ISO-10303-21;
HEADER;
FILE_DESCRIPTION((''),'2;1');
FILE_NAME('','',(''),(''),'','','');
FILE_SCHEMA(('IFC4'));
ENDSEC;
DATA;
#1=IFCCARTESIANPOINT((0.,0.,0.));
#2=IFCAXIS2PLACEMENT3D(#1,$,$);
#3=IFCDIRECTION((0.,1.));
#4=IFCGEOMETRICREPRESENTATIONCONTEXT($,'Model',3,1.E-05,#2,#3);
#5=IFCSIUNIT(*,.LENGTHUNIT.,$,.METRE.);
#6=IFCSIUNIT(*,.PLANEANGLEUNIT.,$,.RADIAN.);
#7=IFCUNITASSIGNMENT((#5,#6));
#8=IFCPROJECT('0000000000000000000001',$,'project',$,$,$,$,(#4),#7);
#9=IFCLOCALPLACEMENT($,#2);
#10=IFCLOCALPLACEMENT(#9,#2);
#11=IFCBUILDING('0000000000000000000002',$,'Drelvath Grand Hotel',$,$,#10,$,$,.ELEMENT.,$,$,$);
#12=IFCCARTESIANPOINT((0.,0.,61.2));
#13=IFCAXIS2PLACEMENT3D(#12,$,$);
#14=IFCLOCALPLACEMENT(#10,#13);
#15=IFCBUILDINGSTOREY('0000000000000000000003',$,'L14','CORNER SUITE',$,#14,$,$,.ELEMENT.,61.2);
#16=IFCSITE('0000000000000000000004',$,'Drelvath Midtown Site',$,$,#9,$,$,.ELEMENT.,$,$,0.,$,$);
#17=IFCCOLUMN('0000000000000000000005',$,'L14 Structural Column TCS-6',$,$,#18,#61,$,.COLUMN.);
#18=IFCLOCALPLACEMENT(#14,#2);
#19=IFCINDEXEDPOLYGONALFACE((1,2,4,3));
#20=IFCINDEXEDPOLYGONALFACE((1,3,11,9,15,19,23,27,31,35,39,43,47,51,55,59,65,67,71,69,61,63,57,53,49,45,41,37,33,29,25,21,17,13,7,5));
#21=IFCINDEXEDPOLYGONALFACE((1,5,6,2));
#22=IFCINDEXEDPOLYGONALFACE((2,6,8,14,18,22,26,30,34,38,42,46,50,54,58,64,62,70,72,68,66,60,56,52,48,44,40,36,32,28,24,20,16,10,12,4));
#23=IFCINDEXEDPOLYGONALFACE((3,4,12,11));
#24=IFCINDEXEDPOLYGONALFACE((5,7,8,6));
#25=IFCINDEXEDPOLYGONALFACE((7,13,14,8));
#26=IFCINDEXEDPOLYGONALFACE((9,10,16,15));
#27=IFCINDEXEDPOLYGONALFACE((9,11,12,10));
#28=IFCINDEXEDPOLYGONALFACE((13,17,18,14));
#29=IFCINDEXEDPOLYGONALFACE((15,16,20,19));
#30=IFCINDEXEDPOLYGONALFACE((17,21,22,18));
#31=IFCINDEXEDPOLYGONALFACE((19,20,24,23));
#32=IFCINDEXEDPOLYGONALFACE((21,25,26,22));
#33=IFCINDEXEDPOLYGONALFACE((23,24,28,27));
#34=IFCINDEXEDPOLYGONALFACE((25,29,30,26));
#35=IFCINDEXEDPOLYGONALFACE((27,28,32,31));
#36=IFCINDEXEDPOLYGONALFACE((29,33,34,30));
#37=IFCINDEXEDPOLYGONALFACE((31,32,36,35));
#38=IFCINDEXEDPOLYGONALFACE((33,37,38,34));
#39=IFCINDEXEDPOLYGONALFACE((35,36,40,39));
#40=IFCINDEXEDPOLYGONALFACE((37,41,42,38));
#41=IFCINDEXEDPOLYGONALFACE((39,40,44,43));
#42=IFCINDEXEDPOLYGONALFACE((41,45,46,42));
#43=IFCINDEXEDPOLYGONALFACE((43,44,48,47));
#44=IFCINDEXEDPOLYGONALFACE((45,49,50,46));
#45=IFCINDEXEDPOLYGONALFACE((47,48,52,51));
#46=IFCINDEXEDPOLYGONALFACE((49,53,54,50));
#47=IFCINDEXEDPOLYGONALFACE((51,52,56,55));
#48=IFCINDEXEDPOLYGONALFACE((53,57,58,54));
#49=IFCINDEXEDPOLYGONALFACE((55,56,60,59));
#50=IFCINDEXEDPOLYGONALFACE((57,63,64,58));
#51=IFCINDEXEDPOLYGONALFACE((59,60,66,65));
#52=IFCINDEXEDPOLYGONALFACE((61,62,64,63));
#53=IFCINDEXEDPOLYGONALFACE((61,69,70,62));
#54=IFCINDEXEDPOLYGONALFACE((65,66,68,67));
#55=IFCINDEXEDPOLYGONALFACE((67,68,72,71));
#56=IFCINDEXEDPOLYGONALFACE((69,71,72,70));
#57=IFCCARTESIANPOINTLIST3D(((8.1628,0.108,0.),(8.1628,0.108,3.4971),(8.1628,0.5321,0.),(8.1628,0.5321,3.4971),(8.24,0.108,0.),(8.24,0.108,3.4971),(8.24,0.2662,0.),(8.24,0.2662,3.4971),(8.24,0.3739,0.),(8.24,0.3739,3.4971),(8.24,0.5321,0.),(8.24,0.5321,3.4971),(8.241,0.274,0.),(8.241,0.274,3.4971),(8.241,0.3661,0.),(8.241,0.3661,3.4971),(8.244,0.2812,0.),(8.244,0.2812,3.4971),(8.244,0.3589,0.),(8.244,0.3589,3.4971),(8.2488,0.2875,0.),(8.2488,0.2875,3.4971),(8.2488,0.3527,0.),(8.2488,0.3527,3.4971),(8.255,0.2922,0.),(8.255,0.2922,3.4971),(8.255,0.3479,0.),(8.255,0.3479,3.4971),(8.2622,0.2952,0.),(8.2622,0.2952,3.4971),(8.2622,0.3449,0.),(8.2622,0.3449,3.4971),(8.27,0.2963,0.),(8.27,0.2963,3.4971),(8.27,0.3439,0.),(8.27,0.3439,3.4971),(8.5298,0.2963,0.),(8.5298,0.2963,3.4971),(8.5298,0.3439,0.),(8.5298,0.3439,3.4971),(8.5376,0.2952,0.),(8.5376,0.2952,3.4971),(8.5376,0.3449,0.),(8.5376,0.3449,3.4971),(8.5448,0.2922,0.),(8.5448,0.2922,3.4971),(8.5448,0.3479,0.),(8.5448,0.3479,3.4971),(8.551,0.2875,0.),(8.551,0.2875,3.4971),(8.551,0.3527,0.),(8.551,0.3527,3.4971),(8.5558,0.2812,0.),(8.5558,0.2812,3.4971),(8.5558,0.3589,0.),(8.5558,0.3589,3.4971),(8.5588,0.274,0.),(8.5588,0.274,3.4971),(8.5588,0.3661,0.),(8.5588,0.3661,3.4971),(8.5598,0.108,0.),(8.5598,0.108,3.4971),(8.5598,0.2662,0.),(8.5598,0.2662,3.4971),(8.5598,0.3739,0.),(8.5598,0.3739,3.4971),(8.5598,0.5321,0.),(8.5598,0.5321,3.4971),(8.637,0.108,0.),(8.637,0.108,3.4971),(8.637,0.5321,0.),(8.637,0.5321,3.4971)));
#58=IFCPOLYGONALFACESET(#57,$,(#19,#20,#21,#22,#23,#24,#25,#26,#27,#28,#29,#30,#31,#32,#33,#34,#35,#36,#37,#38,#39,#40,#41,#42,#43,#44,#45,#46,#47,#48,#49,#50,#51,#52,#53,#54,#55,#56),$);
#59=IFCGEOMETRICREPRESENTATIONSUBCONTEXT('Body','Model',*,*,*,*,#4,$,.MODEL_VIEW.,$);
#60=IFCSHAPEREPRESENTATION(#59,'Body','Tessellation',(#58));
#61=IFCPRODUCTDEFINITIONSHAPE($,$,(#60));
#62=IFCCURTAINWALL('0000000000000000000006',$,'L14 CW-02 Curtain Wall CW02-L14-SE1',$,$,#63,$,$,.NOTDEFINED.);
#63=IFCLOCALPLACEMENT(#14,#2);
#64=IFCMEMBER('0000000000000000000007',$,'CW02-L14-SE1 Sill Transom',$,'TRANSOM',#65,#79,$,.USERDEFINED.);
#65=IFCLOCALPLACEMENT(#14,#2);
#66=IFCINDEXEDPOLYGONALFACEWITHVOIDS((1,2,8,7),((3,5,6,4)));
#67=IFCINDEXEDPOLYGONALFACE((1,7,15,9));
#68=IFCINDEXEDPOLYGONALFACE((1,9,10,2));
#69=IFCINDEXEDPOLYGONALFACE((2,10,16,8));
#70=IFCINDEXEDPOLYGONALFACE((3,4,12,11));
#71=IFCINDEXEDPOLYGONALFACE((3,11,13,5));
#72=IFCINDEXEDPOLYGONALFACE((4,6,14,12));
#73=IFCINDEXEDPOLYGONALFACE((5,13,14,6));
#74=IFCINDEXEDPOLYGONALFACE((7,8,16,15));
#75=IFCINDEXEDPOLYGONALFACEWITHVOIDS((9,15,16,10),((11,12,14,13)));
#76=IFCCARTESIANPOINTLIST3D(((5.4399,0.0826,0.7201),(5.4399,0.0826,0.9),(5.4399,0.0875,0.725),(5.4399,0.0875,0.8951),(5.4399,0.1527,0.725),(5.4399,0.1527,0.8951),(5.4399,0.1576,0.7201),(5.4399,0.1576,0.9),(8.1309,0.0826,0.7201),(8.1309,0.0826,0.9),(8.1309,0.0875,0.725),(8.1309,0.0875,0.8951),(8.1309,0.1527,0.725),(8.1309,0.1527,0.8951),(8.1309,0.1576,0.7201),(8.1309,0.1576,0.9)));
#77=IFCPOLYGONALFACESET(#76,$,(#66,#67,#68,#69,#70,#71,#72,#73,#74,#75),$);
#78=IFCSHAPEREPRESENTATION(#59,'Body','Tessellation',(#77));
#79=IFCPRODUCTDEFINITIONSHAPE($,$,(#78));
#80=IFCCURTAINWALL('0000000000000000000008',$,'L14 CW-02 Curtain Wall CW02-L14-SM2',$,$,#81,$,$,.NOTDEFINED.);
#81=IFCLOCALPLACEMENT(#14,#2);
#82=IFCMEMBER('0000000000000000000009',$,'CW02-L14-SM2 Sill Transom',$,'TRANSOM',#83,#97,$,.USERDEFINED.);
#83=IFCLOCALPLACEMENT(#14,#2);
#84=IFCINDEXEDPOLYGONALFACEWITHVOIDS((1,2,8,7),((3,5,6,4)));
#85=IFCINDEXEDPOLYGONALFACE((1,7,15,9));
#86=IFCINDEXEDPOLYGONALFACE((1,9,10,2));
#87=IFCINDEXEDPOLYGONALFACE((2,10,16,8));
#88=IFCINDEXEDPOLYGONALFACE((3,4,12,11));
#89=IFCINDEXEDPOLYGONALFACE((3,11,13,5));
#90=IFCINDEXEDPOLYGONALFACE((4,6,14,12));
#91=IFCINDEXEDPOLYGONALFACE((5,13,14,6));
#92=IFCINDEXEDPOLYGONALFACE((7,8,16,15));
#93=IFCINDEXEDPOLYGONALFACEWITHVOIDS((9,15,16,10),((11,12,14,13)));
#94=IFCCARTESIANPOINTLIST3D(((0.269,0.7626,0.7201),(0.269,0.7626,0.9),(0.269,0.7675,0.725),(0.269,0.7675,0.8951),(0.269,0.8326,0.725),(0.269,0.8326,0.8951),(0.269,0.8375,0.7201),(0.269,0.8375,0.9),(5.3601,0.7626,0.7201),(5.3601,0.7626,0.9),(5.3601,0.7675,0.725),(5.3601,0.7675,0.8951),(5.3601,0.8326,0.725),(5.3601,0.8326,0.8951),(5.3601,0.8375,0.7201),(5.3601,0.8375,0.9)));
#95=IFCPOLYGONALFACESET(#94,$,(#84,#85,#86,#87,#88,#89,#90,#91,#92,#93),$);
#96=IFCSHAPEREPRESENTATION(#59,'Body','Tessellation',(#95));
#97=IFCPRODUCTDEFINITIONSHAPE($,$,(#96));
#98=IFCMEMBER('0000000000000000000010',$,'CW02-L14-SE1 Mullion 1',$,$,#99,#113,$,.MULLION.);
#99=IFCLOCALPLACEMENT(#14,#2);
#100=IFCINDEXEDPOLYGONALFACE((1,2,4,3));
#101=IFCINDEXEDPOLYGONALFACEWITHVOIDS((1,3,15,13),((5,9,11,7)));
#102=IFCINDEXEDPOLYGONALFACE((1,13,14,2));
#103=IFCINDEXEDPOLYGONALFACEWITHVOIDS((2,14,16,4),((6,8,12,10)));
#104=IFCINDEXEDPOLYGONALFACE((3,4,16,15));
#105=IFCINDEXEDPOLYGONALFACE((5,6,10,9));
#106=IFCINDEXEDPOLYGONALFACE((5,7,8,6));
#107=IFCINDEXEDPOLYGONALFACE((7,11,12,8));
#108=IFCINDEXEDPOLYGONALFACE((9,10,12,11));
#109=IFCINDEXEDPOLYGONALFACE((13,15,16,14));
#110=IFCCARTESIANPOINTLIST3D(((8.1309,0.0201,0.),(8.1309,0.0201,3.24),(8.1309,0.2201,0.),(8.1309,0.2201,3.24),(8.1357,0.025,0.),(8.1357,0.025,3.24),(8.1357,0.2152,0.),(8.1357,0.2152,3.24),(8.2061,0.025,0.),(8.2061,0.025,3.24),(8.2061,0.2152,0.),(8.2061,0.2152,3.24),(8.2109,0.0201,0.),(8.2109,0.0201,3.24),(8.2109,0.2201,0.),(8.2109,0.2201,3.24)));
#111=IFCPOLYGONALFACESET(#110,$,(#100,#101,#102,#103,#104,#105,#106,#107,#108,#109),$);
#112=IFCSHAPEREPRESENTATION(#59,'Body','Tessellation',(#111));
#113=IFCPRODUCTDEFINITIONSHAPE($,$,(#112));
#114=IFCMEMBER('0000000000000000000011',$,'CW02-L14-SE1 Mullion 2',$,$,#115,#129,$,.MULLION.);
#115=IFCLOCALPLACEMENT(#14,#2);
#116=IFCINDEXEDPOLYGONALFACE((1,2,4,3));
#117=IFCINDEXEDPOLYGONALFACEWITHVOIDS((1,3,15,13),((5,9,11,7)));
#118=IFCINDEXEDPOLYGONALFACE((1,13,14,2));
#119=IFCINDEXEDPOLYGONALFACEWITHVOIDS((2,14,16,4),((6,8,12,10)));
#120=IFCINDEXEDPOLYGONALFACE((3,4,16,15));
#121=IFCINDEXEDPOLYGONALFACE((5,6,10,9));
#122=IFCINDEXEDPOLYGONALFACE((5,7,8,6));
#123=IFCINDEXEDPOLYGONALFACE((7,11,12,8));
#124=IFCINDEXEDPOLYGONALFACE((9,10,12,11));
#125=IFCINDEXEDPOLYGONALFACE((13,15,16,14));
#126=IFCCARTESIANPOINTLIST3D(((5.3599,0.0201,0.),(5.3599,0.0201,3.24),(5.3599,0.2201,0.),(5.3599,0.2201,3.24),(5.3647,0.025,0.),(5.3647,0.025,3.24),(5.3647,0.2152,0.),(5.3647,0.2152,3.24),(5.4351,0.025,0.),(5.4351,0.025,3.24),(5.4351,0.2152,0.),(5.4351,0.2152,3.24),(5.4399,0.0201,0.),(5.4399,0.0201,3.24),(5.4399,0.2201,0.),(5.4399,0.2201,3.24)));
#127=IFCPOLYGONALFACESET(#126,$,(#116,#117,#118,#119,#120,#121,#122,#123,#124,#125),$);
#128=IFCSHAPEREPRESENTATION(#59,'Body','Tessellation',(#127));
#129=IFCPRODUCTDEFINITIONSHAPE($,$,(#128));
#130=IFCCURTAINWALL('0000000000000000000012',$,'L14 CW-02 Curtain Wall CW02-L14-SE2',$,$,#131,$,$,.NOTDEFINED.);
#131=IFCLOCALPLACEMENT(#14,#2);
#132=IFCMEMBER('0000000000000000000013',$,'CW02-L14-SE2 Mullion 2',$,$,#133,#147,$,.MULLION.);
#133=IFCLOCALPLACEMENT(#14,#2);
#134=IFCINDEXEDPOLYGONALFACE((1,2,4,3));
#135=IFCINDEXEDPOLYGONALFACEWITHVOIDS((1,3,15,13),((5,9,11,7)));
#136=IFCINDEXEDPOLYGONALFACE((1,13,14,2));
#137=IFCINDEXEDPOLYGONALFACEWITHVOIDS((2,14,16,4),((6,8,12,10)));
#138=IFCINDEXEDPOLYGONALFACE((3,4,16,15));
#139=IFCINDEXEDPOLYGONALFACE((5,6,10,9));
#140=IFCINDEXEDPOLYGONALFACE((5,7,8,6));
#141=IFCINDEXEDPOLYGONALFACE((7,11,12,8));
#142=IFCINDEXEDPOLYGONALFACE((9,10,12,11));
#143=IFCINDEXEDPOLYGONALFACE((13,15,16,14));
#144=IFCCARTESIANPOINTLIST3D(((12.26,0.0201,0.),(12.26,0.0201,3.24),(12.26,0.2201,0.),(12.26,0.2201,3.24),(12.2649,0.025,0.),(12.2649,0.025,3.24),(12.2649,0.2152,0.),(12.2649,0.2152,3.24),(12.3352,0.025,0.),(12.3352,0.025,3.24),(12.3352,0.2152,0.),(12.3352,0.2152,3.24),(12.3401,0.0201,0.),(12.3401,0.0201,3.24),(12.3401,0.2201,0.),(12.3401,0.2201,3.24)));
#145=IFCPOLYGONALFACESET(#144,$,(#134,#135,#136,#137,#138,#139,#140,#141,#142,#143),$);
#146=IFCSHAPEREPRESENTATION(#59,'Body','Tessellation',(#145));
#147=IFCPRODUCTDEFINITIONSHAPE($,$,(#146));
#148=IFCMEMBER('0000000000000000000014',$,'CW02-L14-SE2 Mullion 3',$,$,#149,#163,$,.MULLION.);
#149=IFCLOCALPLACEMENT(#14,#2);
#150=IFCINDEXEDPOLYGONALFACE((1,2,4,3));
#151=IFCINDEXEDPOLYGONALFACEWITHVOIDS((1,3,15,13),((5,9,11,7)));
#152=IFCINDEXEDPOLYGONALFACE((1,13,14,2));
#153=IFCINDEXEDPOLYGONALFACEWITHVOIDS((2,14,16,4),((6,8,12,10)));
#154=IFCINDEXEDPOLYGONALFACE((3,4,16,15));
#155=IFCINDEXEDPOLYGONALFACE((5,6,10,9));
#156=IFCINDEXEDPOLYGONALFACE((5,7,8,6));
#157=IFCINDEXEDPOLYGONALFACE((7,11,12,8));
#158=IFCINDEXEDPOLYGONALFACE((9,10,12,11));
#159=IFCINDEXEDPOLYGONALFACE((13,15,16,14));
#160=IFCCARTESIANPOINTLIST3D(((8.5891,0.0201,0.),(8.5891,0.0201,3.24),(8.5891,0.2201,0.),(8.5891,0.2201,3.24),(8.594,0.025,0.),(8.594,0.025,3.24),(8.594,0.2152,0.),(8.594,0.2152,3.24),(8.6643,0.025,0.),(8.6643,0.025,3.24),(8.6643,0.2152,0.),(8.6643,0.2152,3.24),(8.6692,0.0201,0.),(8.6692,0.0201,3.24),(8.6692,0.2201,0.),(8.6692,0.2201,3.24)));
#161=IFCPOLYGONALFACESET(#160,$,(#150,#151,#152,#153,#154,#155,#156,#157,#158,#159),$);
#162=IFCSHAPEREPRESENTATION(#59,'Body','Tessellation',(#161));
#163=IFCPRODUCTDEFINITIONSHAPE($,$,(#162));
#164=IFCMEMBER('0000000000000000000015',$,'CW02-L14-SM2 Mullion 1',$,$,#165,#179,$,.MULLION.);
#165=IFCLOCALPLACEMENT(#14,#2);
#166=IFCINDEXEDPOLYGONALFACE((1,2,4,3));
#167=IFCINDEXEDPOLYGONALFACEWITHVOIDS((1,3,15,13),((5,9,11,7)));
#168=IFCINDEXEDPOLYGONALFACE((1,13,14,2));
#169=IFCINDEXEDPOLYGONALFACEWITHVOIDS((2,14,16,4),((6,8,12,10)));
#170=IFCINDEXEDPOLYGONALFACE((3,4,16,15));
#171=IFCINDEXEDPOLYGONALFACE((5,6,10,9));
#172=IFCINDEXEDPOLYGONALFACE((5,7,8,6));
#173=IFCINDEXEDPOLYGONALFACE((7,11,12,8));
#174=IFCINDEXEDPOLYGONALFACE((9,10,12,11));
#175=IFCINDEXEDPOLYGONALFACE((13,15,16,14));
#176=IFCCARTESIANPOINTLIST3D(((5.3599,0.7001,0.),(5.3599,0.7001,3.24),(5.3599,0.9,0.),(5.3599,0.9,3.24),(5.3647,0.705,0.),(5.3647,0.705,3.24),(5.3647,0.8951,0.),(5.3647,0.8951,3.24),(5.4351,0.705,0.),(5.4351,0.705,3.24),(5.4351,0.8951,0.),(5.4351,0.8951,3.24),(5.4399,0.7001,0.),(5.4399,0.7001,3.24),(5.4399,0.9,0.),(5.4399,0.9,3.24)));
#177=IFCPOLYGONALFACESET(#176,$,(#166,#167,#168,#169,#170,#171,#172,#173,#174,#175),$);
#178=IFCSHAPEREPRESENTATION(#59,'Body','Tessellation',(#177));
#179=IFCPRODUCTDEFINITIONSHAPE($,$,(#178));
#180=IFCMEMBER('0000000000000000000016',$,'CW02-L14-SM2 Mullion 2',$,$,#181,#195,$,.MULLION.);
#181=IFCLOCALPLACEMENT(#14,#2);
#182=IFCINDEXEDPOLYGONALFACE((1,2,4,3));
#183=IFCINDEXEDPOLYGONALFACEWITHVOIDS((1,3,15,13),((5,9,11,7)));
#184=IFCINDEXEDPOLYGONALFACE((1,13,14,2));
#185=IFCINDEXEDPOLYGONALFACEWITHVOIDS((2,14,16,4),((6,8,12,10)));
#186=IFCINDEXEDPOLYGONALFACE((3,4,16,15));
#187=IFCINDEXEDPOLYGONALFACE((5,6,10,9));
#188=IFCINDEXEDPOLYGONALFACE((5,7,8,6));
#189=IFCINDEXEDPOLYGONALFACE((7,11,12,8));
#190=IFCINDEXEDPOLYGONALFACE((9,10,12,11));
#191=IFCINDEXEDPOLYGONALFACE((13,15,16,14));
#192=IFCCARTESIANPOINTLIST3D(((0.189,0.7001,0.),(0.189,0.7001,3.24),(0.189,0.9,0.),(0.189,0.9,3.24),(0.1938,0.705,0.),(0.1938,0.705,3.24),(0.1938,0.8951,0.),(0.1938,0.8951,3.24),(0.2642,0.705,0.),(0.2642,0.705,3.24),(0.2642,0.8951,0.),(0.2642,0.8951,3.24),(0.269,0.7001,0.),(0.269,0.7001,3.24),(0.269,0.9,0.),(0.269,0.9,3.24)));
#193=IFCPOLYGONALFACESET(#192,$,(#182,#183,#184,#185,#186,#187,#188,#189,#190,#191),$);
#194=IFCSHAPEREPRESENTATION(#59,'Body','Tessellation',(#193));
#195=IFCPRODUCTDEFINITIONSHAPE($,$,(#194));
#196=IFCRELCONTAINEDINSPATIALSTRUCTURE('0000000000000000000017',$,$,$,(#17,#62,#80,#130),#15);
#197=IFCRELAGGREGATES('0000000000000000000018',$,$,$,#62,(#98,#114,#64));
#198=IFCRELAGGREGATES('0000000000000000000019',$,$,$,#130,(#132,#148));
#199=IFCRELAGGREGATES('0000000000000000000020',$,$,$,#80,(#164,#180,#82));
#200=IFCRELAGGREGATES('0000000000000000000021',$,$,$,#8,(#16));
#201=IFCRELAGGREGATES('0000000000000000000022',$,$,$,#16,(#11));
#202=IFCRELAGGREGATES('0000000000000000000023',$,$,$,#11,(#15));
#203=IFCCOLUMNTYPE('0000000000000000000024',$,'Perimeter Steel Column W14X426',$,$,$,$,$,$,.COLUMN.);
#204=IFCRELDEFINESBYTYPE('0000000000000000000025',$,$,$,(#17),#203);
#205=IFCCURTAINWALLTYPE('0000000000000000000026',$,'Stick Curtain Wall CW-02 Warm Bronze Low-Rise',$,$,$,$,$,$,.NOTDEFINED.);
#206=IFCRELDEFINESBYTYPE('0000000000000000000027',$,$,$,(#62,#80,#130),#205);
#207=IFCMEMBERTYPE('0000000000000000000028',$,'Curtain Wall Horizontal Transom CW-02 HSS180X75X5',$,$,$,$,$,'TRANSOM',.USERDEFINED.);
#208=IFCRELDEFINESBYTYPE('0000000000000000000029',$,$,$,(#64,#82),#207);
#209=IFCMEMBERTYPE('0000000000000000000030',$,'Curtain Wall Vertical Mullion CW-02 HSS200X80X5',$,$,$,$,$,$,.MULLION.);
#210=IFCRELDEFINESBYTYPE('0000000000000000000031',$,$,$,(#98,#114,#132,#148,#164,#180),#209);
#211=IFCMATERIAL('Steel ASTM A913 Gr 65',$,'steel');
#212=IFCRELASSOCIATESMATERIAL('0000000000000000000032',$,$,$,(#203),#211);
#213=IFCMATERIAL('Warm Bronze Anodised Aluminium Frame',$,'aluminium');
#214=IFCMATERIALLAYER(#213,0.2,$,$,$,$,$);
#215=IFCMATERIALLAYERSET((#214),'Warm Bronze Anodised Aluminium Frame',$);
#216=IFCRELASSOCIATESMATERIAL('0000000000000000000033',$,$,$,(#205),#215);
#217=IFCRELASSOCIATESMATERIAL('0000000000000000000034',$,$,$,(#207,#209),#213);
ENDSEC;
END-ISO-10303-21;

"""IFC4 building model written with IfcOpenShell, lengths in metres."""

from ifc_helpers import new_model, si_unit, direction, frame, origin, origin_2d, place, context, subcontext, project, spatial, hollow_rectangle, i_section, extrude, material, layer, layer_set, material_profile, profile_set, type_object, element, aggregate, save


model = new_model("IFC4")

# Units and contexts
model_context = context("Model", 3, precision=1e-05, world=origin(), true_north=direction((0.0, 1.0)))
body_context = subcontext(model_context, "Body", "Model", "MODEL_VIEW")
ifc_project = project(units=[si_unit("LENGTHUNIT", "METRE"), si_unit("PLANEANGLEUNIT", "RADIAN")], contexts=[model_context])

# Site, building, storey
site_placement = place(None, origin())
site = spatial("IfcSite", under=ifc_project, at=site_placement, Name="Drelvath Midtown Site", CompositionType="ELEMENT", RefElevation=0.0)
building_placement = place(site_placement, origin())
building = spatial("IfcBuilding", under=site, at=building_placement, Name="Drelvath Grand Hotel", CompositionType="ELEMENT")
storey_placement = place(building_placement, frame((0.0, 0.0, 61.2)))
storey = spatial("IfcBuildingStorey", under=building, at=storey_placement, Name="L14", Description="CORNER SUITE", CompositionType="ELEMENT", Elevation=61.2)

# Column
ifc_material_1 = material(Name="Steel ASTM A913 Gr 65", Category="steel")
ifc_material_profile_1 = material_profile(ifc_material_1, i_section(OverallWidth=0.4241, OverallDepth=0.4741, WebThickness=0.0476, FlangeThickness=0.0771, FilletRadius=0.03, at=origin_2d()), Name="W14X426")
ifc_profile_set_1 = profile_set([ifc_material_profile_1], Name="Steel ASTM A913 Gr 65")
column_type = type_object("IfcColumnType", Name="Perimeter Steel Column W14X426", PredefinedType="COLUMN", material=ifc_profile_set_1)
column_placement = place(storey_placement, frame((8.3999, 0.3201, 0.0), z_axis=(0.0, 0.0, 1.0), x_axis=(0.0, 1.0, 0.0)))
element("IfcColumn", 1, at=column_placement, inside=storey, type_object=column_type, Name="L14 Structural Column TCS-6", PredefinedType="COLUMN", context=body_context, shape_type="SweptSolid", body=[
    extrude(i_section(OverallWidth=0.4241, OverallDepth=0.4741, WebThickness=0.0476, FlangeThickness=0.0771, FilletRadius=0.03, at=origin_2d()), origin(), (0.0, 0.0, 1.0), 3.4971),
])

# Curtain walls, members
ifc_material_2 = material(Name="Warm Bronze Anodised Aluminium Frame", Category="aluminium")
ifc_layer_1 = layer(ifc_material_2, 0.2)
ifc_layer_set_1 = layer_set([ifc_layer_1], Name="Warm Bronze Anodised Aluminium Frame")
curtain_wall_type = type_object("IfcCurtainWallType", Name="Stick Curtain Wall CW-02 Warm Bronze Low-Rise", PredefinedType="NOTDEFINED", material=ifc_layer_set_1)
curtain_wall_1_placement = place(storey_placement, origin())
curtain_wall_1 = element("IfcCurtainWall", 2, at=curtain_wall_1_placement, inside=storey, type_object=curtain_wall_type, Name="L14 CW-02 Curtain Wall CW02-L14-SE1", PredefinedType="NOTDEFINED")
ifc_material_profile_2 = material_profile(ifc_material_2, hollow_rectangle(XDim=0.075, YDim=0.1799, WallThickness=0.0049, at=origin_2d()), Name="HSS180X75X5")
ifc_profile_set_2 = profile_set([ifc_material_profile_2], Name="Warm Bronze Anodised Aluminium Frame")
member_type_1 = type_object("IfcMemberType", Name="Curtain Wall Horizontal Transom CW-02 HSS180X75X5", ElementType="TRANSOM", PredefinedType="USERDEFINED", material=ifc_profile_set_2)
member_1_placement = place(storey_placement, frame((8.1309, 0.1201, 0.8101), z_axis=(-1.0, 0.0, 0.0), x_axis=(0.0, -1.0, 0.0)))
member_1 = element("IfcMember", 3, at=member_1_placement, type_object=member_type_1, Name="CW02-L14-SE1 Sill Transom", ObjectType="TRANSOM", PredefinedType="USERDEFINED", context=body_context, shape_type="SweptSolid", body=[
    extrude(hollow_rectangle(XDim=0.075, YDim=0.1799, WallThickness=0.0049, at=origin_2d()), origin(), (0.0, 0.0, 1.0), 2.6909),
])
curtain_wall_2_placement = place(storey_placement, origin())
curtain_wall_2 = element("IfcCurtainWall", 4, at=curtain_wall_2_placement, inside=storey, type_object=curtain_wall_type, Name="L14 CW-02 Curtain Wall CW02-L14-SM2", PredefinedType="NOTDEFINED")
member_2_placement = place(storey_placement, frame((5.3601, 0.8, 0.8101), z_axis=(-1.0, 0.0, 0.0), x_axis=(0.0, -1.0, 0.0)))
member_2 = element("IfcMember", 5, at=member_2_placement, type_object=member_type_1, Name="CW02-L14-SM2 Sill Transom", ObjectType="TRANSOM", PredefinedType="USERDEFINED", context=body_context, shape_type="SweptSolid", body=[
    extrude(hollow_rectangle(XDim=0.075, YDim=0.1799, WallThickness=0.0049, at=origin_2d()), origin(), (0.0, 0.0, 1.0), 5.0911),
])

# Members
ifc_material_profile_3 = material_profile(ifc_material_2, hollow_rectangle(XDim=0.0801, YDim=0.2, WallThickness=0.0049, at=origin_2d()), Name="HSS200X80X5")
ifc_profile_set_3 = profile_set([ifc_material_profile_3], Name="Warm Bronze Anodised Aluminium Frame")
member_type_2 = type_object("IfcMemberType", Name="Curtain Wall Vertical Mullion CW-02 HSS200X80X5", PredefinedType="MULLION", material=ifc_profile_set_3)
member_3_placement = place(storey_placement, frame((8.1709, 0.1201, 0.0), z_axis=(0.0, 0.0, 1.0), x_axis=(1.0, 0.0, 0.0)))
member_3 = element("IfcMember", 6, at=member_3_placement, type_object=member_type_2, Name="CW02-L14-SE1 Mullion 1", PredefinedType="MULLION", context=body_context, shape_type="SweptSolid", body=[
    extrude(hollow_rectangle(XDim=0.0801, YDim=0.2, WallThickness=0.0049, at=origin_2d()), origin(), (0.0, 0.0, 1.0), 3.24),
])
member_4_placement = place(storey_placement, frame((5.3999, 0.1201, 0.0), z_axis=(0.0, 0.0, 1.0), x_axis=(1.0, 0.0, 0.0)))
member_4 = element("IfcMember", 7, at=member_4_placement, type_object=member_type_2, Name="CW02-L14-SE1 Mullion 2", PredefinedType="MULLION", context=body_context, shape_type="SweptSolid", body=[
    extrude(hollow_rectangle(XDim=0.0801, YDim=0.2, WallThickness=0.0049, at=origin_2d()), origin(), (0.0, 0.0, 1.0), 3.24),
])

# Curtain wall, members
curtain_wall_3_placement = place(storey_placement, origin())
curtain_wall_3 = element("IfcCurtainWall", 8, at=curtain_wall_3_placement, inside=storey, type_object=curtain_wall_type, Name="L14 CW-02 Curtain Wall CW02-L14-SE2", PredefinedType="NOTDEFINED")
member_5_placement = place(storey_placement, frame((12.3, 0.1201, 0.0), z_axis=(0.0, 0.0, 1.0), x_axis=(1.0, 0.0, 0.0)))
member_5 = element("IfcMember", 9, at=member_5_placement, type_object=member_type_2, Name="CW02-L14-SE2 Mullion 2", PredefinedType="MULLION", context=body_context, shape_type="SweptSolid", body=[
    extrude(hollow_rectangle(XDim=0.0801, YDim=0.2, WallThickness=0.0049, at=origin_2d()), origin(), (0.0, 0.0, 1.0), 3.24),
])
member_6_placement = place(storey_placement, frame((8.6292, 0.1201, 0.0), z_axis=(0.0, 0.0, 1.0), x_axis=(1.0, 0.0, 0.0)))
member_6 = element("IfcMember", 10, at=member_6_placement, type_object=member_type_2, Name="CW02-L14-SE2 Mullion 3", PredefinedType="MULLION", context=body_context, shape_type="SweptSolid", body=[
    extrude(hollow_rectangle(XDim=0.0801, YDim=0.2, WallThickness=0.0049, at=origin_2d()), origin(), (0.0, 0.0, 1.0), 3.24),
])

# Members
member_7_placement = place(storey_placement, frame((5.3999, 0.8, 0.0), z_axis=(0.0, 0.0, 1.0), x_axis=(1.0, 0.0, 0.0)))
member_7 = element("IfcMember", 11, at=member_7_placement, type_object=member_type_2, Name="CW02-L14-SM2 Mullion 1", PredefinedType="MULLION", context=body_context, shape_type="SweptSolid", body=[
    extrude(hollow_rectangle(XDim=0.0801, YDim=0.2, WallThickness=0.0049, at=origin_2d()), origin(), (0.0, 0.0, 1.0), 3.24),
])
member_8_placement = place(storey_placement, frame((0.229, 0.8, 0.0), z_axis=(0.0, 0.0, 1.0), x_axis=(1.0, 0.0, 0.0)))
member_8 = element("IfcMember", 12, at=member_8_placement, type_object=member_type_2, Name="CW02-L14-SM2 Mullion 2", PredefinedType="MULLION", context=body_context, shape_type="SweptSolid", body=[
    extrude(hollow_rectangle(XDim=0.0801, YDim=0.2, WallThickness=0.0049, at=origin_2d()), origin(), (0.0, 0.0, 1.0), 3.24),
])

aggregate(curtain_wall_1, [member_3, member_4, member_1])
aggregate(curtain_wall_3, [member_5, member_6])
aggregate(curtain_wall_2, [member_7, member_8, member_2])

save(model, "model.ifc")
